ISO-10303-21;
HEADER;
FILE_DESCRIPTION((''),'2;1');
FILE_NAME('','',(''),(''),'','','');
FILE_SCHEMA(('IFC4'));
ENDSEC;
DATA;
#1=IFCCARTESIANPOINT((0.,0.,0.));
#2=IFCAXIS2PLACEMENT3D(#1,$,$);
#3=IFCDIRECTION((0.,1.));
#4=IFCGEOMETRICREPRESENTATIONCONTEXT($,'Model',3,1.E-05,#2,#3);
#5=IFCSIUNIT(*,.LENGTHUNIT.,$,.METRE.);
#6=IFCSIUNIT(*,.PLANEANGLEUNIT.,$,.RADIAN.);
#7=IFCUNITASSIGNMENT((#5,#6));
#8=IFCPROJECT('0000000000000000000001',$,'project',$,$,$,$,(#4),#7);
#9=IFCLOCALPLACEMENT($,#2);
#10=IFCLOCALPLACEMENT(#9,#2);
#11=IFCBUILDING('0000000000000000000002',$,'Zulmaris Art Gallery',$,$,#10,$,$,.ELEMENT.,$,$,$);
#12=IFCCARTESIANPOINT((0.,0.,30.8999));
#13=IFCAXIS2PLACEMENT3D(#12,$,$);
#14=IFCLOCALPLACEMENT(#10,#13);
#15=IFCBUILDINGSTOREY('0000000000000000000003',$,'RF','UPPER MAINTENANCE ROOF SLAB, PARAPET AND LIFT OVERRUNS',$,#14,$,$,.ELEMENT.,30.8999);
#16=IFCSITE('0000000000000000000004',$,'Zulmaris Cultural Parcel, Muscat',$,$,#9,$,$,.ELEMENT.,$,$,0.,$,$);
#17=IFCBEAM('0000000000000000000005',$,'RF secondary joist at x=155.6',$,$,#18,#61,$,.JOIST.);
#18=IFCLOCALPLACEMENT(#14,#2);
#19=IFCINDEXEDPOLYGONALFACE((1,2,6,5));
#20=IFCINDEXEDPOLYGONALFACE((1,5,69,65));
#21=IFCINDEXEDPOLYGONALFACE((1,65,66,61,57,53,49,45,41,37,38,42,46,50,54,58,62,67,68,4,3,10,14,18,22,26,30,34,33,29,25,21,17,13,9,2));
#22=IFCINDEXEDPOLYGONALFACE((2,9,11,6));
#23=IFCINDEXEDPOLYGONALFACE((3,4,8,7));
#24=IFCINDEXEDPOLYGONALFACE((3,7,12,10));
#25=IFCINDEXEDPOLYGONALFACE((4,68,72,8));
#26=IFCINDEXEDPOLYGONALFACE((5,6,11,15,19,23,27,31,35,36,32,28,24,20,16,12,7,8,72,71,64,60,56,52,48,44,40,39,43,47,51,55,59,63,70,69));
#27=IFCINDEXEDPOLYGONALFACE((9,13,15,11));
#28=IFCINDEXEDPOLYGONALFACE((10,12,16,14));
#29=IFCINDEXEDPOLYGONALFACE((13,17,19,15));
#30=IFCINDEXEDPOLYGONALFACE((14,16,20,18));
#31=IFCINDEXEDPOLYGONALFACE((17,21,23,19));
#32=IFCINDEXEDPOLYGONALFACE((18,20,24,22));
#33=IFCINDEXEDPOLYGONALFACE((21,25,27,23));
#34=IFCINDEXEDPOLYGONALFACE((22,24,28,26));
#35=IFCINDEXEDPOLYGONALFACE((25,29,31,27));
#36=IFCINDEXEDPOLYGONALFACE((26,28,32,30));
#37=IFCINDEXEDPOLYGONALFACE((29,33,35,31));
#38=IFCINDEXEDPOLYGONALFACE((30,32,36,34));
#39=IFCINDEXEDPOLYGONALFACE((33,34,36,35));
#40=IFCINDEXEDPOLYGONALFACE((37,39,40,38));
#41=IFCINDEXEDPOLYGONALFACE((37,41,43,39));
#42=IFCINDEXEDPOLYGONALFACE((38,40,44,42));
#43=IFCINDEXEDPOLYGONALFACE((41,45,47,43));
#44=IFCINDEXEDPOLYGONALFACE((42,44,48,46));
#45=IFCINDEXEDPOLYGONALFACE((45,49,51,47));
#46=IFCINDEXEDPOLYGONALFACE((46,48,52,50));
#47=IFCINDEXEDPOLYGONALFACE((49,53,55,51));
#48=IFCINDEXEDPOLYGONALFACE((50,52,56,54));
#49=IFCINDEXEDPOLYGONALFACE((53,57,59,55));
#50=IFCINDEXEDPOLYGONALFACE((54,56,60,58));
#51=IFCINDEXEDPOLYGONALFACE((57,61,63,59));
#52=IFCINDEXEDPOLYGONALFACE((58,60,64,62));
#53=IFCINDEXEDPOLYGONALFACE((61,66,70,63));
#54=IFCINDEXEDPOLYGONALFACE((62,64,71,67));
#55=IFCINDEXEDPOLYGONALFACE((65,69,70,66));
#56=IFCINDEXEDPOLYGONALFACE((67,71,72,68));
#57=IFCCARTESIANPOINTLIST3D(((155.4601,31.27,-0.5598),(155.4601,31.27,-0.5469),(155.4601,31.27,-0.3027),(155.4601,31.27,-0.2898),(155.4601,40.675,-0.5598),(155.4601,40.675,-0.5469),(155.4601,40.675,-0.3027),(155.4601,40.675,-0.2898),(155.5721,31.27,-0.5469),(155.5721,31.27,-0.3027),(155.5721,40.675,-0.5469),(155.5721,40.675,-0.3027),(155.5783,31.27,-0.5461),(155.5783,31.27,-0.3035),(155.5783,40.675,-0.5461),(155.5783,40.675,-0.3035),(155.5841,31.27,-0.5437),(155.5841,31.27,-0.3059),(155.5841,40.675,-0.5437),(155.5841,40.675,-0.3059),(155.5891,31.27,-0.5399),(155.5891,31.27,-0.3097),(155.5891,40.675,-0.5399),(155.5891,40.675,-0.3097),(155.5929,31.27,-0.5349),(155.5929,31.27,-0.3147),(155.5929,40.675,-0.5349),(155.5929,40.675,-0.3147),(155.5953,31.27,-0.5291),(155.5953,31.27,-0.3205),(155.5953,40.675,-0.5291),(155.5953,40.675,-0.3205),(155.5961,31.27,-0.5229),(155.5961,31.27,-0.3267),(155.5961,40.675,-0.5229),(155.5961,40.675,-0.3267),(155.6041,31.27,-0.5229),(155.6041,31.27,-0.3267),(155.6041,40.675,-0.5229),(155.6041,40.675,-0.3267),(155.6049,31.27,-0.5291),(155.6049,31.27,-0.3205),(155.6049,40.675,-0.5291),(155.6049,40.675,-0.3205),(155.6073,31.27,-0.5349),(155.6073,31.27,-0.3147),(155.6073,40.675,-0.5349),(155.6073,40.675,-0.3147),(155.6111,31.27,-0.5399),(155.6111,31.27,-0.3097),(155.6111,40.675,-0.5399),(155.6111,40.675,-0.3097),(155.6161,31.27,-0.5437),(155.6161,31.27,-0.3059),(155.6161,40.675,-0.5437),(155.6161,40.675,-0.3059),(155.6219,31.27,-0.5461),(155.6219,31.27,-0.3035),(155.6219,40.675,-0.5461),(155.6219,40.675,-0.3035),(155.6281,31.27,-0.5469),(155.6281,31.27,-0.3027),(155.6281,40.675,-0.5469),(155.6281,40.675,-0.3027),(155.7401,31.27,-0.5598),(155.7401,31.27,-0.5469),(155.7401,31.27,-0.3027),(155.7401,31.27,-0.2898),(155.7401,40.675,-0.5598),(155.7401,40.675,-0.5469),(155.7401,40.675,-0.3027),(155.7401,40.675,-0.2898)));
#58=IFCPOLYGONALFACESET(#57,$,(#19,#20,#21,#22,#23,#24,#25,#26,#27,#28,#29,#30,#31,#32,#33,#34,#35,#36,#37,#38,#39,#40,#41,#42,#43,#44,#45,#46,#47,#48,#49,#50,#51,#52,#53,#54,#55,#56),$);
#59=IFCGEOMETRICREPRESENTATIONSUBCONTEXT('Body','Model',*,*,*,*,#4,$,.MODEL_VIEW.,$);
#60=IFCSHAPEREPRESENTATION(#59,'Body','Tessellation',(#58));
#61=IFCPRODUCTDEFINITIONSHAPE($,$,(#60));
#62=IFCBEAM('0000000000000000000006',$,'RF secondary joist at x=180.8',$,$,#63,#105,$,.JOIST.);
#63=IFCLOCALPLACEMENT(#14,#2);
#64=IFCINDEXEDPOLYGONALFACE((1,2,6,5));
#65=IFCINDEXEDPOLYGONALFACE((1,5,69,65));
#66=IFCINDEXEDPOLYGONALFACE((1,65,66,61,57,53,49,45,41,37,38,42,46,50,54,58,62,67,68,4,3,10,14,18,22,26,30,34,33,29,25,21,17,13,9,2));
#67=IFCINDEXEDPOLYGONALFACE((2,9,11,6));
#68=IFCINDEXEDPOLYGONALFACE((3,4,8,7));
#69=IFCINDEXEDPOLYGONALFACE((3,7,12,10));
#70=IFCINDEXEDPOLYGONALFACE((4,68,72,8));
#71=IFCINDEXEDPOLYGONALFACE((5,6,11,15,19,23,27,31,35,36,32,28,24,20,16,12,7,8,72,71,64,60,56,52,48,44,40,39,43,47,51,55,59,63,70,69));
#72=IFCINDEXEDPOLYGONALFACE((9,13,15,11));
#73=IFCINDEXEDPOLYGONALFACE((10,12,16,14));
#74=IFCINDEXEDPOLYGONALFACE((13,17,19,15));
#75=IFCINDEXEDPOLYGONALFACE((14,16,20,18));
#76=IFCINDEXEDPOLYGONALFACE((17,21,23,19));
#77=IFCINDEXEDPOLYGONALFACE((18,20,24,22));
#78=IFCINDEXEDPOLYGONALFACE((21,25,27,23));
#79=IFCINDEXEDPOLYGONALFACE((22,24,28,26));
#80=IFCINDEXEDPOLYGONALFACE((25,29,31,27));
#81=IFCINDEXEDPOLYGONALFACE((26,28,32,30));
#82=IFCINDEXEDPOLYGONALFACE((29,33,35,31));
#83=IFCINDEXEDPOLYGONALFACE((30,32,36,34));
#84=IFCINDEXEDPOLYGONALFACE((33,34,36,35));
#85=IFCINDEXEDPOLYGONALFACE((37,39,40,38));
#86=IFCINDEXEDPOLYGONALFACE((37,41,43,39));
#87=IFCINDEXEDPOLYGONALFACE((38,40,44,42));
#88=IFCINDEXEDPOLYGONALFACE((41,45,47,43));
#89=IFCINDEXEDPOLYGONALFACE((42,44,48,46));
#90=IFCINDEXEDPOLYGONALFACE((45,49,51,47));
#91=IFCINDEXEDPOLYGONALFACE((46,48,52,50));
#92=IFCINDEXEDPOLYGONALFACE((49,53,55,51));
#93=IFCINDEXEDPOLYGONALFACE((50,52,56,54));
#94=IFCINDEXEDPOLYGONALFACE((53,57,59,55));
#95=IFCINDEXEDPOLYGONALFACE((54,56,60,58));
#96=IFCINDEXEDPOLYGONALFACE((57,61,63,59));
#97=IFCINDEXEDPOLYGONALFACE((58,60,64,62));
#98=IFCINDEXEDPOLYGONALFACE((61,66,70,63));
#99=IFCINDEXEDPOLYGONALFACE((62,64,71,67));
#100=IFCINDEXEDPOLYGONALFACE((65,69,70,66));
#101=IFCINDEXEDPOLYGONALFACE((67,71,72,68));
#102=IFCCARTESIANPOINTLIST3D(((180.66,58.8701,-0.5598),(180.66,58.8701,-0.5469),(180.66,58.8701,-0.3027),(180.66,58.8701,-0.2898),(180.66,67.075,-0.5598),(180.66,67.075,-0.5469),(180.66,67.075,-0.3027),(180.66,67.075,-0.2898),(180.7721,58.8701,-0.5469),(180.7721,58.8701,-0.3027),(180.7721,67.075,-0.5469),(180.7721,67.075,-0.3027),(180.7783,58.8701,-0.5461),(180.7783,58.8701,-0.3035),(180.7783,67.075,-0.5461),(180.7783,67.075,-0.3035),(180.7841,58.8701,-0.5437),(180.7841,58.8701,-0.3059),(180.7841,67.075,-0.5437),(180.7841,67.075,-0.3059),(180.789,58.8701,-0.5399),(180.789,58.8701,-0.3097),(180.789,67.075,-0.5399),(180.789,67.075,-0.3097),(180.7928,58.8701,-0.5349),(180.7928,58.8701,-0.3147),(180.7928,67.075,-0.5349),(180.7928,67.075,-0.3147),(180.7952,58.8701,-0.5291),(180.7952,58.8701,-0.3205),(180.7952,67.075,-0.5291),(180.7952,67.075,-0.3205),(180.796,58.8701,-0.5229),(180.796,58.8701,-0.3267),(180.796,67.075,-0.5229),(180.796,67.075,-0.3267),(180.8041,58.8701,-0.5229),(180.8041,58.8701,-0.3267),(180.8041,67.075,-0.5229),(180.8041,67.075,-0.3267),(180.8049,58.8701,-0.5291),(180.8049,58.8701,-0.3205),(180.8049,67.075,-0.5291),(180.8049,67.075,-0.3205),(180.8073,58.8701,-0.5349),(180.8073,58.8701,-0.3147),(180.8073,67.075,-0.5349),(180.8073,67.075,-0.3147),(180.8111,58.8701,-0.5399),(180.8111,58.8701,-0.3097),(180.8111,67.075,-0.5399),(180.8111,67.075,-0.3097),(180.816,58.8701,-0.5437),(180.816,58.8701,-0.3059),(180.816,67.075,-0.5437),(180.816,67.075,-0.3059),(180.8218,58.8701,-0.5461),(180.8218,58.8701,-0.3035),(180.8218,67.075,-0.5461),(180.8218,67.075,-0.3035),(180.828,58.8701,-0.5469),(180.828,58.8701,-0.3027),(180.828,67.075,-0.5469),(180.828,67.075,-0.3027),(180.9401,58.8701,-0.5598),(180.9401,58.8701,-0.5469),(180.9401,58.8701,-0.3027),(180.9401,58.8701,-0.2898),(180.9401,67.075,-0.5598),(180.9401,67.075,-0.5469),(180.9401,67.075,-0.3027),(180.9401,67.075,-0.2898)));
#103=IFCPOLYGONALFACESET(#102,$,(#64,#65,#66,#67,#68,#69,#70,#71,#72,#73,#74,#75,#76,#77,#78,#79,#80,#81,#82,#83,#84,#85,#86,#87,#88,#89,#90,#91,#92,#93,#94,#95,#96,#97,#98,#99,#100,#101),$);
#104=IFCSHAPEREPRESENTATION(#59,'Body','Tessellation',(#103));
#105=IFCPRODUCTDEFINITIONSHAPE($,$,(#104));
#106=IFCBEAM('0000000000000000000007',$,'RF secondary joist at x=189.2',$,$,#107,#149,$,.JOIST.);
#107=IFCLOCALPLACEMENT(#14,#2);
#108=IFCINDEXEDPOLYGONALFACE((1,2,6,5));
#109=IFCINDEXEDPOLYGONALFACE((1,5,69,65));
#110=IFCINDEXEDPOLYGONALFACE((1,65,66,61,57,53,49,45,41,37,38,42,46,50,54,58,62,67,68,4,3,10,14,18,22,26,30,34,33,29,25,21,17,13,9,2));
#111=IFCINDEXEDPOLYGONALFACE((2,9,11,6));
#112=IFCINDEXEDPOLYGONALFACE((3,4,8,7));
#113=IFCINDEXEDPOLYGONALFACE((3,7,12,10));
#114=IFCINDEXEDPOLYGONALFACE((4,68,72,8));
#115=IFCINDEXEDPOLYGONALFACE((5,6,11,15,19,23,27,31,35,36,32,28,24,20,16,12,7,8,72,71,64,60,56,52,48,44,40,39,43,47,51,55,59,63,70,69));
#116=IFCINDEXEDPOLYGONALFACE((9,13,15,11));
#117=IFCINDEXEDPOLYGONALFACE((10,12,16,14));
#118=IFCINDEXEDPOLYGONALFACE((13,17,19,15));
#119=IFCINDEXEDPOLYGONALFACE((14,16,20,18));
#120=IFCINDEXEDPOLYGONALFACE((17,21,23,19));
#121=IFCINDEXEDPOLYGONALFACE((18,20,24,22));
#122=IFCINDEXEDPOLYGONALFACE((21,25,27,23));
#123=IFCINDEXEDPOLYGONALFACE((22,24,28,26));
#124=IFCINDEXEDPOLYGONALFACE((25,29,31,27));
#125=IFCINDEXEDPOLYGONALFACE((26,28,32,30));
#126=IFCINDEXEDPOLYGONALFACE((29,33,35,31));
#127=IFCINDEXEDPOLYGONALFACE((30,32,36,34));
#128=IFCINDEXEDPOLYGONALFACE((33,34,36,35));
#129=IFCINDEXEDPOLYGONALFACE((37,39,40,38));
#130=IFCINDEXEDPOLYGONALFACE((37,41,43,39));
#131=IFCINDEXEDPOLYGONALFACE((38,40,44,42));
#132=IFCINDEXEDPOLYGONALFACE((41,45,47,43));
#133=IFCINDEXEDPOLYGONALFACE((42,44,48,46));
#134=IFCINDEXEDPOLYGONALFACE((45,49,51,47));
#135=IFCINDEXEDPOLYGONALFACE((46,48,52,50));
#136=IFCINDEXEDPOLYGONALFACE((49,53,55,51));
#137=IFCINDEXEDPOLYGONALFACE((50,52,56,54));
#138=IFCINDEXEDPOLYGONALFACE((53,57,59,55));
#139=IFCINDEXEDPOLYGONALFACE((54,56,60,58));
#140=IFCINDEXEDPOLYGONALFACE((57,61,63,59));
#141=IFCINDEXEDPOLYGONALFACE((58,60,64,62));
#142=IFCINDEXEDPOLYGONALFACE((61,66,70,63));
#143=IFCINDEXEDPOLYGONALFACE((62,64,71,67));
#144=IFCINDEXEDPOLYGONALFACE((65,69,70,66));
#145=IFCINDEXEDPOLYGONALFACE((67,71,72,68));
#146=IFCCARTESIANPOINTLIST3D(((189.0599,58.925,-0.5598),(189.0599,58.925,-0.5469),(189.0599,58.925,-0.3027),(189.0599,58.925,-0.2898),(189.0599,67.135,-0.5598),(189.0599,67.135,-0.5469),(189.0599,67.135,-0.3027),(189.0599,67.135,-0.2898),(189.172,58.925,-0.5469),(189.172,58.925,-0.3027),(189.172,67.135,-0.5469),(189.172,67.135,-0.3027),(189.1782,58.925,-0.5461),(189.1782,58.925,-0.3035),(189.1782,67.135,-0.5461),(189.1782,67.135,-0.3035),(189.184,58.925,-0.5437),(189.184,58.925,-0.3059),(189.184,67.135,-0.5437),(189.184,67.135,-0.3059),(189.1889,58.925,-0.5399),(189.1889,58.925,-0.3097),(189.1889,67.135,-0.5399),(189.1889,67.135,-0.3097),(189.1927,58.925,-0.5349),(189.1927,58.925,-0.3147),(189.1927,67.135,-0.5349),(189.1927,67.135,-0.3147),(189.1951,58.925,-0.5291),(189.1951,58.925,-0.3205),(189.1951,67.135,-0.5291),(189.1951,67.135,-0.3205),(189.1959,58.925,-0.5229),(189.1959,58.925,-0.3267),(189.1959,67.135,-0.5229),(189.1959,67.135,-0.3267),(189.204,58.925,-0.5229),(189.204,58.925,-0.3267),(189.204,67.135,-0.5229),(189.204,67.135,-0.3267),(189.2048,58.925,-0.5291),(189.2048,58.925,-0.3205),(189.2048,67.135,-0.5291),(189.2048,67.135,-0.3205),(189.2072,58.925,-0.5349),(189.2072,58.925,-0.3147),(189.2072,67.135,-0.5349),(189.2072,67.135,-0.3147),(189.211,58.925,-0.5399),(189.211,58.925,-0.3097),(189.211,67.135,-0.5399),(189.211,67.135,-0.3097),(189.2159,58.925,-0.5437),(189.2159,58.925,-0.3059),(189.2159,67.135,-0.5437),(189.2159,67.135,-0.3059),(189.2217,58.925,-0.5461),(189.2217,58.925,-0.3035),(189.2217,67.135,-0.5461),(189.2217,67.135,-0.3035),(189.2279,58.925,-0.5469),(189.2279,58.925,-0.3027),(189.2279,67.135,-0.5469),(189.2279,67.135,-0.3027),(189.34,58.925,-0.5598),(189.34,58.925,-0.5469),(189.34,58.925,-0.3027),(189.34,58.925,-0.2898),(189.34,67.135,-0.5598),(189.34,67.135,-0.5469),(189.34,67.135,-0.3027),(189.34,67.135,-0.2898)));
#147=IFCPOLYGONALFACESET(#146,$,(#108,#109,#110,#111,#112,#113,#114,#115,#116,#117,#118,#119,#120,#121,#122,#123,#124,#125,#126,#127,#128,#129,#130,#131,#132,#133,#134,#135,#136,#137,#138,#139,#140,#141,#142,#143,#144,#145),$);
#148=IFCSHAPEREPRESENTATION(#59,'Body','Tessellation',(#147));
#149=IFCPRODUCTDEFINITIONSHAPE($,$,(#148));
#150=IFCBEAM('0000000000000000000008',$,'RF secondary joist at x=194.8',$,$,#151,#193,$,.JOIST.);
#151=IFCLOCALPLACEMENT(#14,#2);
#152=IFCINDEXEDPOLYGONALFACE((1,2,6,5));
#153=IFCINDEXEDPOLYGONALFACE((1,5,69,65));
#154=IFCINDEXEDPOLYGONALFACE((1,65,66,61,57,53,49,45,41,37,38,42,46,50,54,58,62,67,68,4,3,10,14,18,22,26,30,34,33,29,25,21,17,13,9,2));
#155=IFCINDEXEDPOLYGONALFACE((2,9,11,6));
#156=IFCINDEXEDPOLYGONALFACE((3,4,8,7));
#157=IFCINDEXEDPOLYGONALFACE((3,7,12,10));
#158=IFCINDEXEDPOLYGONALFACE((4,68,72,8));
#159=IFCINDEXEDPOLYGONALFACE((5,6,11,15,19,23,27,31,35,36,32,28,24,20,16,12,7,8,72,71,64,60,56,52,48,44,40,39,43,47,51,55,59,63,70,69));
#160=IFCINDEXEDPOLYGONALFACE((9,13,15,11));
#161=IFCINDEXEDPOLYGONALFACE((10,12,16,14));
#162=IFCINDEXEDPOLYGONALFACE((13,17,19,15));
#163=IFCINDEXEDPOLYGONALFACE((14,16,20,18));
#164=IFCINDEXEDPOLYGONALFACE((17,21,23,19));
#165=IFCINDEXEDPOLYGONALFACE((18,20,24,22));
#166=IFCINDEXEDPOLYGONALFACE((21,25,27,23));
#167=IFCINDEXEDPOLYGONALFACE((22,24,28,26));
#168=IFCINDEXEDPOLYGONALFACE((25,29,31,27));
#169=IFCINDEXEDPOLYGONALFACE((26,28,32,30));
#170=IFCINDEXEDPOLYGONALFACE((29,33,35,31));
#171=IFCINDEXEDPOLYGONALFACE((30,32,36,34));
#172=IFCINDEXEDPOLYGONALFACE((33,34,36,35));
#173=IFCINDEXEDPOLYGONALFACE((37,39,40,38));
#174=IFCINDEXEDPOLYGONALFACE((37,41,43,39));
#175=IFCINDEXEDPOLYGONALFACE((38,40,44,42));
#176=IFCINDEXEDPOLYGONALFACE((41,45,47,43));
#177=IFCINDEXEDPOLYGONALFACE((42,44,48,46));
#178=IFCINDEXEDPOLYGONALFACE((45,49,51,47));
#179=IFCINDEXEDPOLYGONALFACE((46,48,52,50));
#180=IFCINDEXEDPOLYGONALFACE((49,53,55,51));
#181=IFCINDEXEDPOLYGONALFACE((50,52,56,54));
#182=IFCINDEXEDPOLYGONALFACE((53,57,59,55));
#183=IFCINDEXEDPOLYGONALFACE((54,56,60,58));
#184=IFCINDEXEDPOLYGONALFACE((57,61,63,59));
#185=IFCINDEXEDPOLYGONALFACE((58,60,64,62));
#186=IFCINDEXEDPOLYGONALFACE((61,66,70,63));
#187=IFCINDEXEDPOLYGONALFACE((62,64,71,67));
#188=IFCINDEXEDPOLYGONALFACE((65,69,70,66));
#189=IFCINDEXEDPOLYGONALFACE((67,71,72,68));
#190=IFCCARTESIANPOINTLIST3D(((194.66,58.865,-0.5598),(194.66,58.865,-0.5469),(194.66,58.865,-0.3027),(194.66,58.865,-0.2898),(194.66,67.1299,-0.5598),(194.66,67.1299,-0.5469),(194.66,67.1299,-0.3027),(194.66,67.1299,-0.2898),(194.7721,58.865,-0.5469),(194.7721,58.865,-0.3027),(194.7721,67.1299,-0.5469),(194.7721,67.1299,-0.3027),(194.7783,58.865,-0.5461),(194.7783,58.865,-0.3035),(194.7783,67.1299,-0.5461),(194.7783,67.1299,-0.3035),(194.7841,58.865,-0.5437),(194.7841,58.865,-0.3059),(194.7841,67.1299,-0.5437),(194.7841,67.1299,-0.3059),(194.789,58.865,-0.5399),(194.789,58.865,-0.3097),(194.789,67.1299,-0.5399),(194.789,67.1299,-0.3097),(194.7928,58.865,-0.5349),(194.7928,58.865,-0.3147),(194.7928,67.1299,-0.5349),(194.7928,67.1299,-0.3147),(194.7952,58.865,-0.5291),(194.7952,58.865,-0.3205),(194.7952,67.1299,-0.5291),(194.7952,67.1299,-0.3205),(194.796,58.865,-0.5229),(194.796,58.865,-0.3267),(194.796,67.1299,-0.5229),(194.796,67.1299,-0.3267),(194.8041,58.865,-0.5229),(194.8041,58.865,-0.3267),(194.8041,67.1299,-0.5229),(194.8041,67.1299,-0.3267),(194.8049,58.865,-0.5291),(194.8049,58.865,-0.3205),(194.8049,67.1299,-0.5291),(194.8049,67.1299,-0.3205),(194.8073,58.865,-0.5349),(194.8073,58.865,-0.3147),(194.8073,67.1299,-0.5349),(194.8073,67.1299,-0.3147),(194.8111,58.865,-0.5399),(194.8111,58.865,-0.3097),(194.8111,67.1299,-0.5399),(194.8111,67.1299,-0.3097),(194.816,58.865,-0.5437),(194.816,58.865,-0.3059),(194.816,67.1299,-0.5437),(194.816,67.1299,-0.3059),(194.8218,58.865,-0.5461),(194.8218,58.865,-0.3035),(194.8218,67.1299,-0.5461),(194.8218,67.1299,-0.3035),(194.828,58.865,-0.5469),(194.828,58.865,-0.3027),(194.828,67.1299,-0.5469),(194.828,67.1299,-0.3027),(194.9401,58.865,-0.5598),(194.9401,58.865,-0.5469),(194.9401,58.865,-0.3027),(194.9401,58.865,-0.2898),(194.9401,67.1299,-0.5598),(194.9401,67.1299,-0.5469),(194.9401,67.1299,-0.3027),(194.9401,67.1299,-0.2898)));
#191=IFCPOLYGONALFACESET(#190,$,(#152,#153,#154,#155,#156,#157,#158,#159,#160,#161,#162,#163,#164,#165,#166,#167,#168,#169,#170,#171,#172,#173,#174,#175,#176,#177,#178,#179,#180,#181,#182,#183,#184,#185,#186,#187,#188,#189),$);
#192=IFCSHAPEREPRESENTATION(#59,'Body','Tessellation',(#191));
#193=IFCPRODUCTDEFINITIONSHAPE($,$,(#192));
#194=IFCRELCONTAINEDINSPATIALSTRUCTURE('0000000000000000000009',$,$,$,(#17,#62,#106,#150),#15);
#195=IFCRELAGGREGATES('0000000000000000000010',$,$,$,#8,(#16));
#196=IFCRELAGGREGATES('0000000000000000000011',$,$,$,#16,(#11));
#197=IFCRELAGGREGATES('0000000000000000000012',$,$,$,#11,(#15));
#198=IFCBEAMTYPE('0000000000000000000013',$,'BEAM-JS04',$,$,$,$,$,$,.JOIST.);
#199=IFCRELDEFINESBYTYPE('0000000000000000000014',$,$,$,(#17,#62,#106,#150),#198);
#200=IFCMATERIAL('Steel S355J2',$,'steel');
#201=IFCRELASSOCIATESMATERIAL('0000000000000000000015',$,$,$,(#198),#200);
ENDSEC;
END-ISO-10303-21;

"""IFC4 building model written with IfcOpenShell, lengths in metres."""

from ifc_helpers import new_model, si_unit, direction, frame, origin, origin_2d, place, context, subcontext, project, spatial, i_section, extrude, material, material_profile, profile_set, type_object, element, save


model = new_model("IFC4")

# Units and contexts
model_context = context("Model", 3, precision=1e-05, world=origin(), true_north=direction((0.0, 1.0)))
body_context = subcontext(model_context, "Body", "Model", "MODEL_VIEW")
ifc_project = project(units=[si_unit("LENGTHUNIT", "METRE"), si_unit("PLANEANGLEUNIT", "RADIAN")], contexts=[model_context])

# Site, building, storey
site_placement = place(None, origin())
site = spatial("IfcSite", under=ifc_project, at=site_placement, Name="Zulmaris Cultural Parcel, Muscat", CompositionType="ELEMENT", RefElevation=0.0)
building_placement = place(site_placement, origin())
building = spatial("IfcBuilding", under=site, at=building_placement, Name="Zulmaris Art Gallery", CompositionType="ELEMENT")
storey_placement = place(building_placement, frame((0.0, 0.0, 30.8999)))
storey = spatial("IfcBuildingStorey", under=building, at=storey_placement, Name="RF", Description="UPPER MAINTENANCE ROOF SLAB, PARAPET AND LIFT OVERRUNS", CompositionType="ELEMENT", Elevation=30.8999)

# Beams
ifc_material_1 = material(Name="Steel S355J2", Category="steel")
ifc_material_profile_1 = material_profile(ifc_material_1, i_section(OverallWidth=0.28, OverallDepth=0.27, WebThickness=0.0081, FlangeThickness=0.0129, FilletRadius=0.0239, at=origin_2d()), Name="HEA 280")
ifc_profile_set_1 = profile_set([ifc_material_profile_1], Name="Steel S355J2")
beam_type_1 = type_object("IfcBeamType", Name="BEAM-JS04", PredefinedType="JOIST", material=ifc_profile_set_1)
beam_1_placement = place(storey_placement, frame((155.6001, 31.27, -0.4248), z_axis=(0.0, 1.0, 0.0), x_axis=(-1.0, 0.0, 0.0)))
element("IfcBeam", 1, at=beam_1_placement, inside=storey, type_object=beam_type_1, Name="RF secondary joist at x=155.6", PredefinedType="JOIST", context=body_context, shape_type="SweptSolid", body=[
    extrude(i_section(OverallWidth=0.28, OverallDepth=0.27, WebThickness=0.0081, FlangeThickness=0.0129, FilletRadius=0.0239, at=origin_2d()), origin(), (0.0, 0.0, 1.0), 9.405),
])
beam_2_placement = place(storey_placement, frame((180.8, 58.8701, -0.4248), z_axis=(0.0, 1.0, 0.0), x_axis=(-1.0, 0.0, 0.0)))
element("IfcBeam", 2, at=beam_2_placement, inside=storey, type_object=beam_type_1, Name="RF secondary joist at x=180.8", PredefinedType="JOIST", context=body_context, shape_type="SweptSolid", body=[
    extrude(i_section(OverallWidth=0.28, OverallDepth=0.27, WebThickness=0.0081, FlangeThickness=0.0129, FilletRadius=0.0239, at=origin_2d()), origin(), (0.0, 0.0, 1.0), 8.2048),
])
beam_3_placement = place(storey_placement, frame((189.2, 58.925, -0.4248), z_axis=(0.0, 1.0, 0.0), x_axis=(-1.0, 0.0, 0.0)))
element("IfcBeam", 3, at=beam_3_placement, inside=storey, type_object=beam_type_1, Name="RF secondary joist at x=189.2", PredefinedType="JOIST", context=body_context, shape_type="SweptSolid", body=[
    extrude(i_section(OverallWidth=0.28, OverallDepth=0.27, WebThickness=0.0081, FlangeThickness=0.0129, FilletRadius=0.0239, at=origin_2d()), origin(), (0.0, 0.0, 1.0), 8.21),
])
beam_4_placement = place(storey_placement, frame((194.8, 58.865, -0.4248), z_axis=(0.0, 1.0, 0.0), x_axis=(-1.0, 0.0, 0.0)))
element("IfcBeam", 4, at=beam_4_placement, inside=storey, type_object=beam_type_1, Name="RF secondary joist at x=194.8", PredefinedType="JOIST", context=body_context, shape_type="SweptSolid", body=[
    extrude(i_section(OverallWidth=0.28, OverallDepth=0.27, WebThickness=0.0081, FlangeThickness=0.0129, FilletRadius=0.0239, at=origin_2d()), origin(), (0.0, 0.0, 1.0), 8.2649),
])

save(model, "model.ifc")
